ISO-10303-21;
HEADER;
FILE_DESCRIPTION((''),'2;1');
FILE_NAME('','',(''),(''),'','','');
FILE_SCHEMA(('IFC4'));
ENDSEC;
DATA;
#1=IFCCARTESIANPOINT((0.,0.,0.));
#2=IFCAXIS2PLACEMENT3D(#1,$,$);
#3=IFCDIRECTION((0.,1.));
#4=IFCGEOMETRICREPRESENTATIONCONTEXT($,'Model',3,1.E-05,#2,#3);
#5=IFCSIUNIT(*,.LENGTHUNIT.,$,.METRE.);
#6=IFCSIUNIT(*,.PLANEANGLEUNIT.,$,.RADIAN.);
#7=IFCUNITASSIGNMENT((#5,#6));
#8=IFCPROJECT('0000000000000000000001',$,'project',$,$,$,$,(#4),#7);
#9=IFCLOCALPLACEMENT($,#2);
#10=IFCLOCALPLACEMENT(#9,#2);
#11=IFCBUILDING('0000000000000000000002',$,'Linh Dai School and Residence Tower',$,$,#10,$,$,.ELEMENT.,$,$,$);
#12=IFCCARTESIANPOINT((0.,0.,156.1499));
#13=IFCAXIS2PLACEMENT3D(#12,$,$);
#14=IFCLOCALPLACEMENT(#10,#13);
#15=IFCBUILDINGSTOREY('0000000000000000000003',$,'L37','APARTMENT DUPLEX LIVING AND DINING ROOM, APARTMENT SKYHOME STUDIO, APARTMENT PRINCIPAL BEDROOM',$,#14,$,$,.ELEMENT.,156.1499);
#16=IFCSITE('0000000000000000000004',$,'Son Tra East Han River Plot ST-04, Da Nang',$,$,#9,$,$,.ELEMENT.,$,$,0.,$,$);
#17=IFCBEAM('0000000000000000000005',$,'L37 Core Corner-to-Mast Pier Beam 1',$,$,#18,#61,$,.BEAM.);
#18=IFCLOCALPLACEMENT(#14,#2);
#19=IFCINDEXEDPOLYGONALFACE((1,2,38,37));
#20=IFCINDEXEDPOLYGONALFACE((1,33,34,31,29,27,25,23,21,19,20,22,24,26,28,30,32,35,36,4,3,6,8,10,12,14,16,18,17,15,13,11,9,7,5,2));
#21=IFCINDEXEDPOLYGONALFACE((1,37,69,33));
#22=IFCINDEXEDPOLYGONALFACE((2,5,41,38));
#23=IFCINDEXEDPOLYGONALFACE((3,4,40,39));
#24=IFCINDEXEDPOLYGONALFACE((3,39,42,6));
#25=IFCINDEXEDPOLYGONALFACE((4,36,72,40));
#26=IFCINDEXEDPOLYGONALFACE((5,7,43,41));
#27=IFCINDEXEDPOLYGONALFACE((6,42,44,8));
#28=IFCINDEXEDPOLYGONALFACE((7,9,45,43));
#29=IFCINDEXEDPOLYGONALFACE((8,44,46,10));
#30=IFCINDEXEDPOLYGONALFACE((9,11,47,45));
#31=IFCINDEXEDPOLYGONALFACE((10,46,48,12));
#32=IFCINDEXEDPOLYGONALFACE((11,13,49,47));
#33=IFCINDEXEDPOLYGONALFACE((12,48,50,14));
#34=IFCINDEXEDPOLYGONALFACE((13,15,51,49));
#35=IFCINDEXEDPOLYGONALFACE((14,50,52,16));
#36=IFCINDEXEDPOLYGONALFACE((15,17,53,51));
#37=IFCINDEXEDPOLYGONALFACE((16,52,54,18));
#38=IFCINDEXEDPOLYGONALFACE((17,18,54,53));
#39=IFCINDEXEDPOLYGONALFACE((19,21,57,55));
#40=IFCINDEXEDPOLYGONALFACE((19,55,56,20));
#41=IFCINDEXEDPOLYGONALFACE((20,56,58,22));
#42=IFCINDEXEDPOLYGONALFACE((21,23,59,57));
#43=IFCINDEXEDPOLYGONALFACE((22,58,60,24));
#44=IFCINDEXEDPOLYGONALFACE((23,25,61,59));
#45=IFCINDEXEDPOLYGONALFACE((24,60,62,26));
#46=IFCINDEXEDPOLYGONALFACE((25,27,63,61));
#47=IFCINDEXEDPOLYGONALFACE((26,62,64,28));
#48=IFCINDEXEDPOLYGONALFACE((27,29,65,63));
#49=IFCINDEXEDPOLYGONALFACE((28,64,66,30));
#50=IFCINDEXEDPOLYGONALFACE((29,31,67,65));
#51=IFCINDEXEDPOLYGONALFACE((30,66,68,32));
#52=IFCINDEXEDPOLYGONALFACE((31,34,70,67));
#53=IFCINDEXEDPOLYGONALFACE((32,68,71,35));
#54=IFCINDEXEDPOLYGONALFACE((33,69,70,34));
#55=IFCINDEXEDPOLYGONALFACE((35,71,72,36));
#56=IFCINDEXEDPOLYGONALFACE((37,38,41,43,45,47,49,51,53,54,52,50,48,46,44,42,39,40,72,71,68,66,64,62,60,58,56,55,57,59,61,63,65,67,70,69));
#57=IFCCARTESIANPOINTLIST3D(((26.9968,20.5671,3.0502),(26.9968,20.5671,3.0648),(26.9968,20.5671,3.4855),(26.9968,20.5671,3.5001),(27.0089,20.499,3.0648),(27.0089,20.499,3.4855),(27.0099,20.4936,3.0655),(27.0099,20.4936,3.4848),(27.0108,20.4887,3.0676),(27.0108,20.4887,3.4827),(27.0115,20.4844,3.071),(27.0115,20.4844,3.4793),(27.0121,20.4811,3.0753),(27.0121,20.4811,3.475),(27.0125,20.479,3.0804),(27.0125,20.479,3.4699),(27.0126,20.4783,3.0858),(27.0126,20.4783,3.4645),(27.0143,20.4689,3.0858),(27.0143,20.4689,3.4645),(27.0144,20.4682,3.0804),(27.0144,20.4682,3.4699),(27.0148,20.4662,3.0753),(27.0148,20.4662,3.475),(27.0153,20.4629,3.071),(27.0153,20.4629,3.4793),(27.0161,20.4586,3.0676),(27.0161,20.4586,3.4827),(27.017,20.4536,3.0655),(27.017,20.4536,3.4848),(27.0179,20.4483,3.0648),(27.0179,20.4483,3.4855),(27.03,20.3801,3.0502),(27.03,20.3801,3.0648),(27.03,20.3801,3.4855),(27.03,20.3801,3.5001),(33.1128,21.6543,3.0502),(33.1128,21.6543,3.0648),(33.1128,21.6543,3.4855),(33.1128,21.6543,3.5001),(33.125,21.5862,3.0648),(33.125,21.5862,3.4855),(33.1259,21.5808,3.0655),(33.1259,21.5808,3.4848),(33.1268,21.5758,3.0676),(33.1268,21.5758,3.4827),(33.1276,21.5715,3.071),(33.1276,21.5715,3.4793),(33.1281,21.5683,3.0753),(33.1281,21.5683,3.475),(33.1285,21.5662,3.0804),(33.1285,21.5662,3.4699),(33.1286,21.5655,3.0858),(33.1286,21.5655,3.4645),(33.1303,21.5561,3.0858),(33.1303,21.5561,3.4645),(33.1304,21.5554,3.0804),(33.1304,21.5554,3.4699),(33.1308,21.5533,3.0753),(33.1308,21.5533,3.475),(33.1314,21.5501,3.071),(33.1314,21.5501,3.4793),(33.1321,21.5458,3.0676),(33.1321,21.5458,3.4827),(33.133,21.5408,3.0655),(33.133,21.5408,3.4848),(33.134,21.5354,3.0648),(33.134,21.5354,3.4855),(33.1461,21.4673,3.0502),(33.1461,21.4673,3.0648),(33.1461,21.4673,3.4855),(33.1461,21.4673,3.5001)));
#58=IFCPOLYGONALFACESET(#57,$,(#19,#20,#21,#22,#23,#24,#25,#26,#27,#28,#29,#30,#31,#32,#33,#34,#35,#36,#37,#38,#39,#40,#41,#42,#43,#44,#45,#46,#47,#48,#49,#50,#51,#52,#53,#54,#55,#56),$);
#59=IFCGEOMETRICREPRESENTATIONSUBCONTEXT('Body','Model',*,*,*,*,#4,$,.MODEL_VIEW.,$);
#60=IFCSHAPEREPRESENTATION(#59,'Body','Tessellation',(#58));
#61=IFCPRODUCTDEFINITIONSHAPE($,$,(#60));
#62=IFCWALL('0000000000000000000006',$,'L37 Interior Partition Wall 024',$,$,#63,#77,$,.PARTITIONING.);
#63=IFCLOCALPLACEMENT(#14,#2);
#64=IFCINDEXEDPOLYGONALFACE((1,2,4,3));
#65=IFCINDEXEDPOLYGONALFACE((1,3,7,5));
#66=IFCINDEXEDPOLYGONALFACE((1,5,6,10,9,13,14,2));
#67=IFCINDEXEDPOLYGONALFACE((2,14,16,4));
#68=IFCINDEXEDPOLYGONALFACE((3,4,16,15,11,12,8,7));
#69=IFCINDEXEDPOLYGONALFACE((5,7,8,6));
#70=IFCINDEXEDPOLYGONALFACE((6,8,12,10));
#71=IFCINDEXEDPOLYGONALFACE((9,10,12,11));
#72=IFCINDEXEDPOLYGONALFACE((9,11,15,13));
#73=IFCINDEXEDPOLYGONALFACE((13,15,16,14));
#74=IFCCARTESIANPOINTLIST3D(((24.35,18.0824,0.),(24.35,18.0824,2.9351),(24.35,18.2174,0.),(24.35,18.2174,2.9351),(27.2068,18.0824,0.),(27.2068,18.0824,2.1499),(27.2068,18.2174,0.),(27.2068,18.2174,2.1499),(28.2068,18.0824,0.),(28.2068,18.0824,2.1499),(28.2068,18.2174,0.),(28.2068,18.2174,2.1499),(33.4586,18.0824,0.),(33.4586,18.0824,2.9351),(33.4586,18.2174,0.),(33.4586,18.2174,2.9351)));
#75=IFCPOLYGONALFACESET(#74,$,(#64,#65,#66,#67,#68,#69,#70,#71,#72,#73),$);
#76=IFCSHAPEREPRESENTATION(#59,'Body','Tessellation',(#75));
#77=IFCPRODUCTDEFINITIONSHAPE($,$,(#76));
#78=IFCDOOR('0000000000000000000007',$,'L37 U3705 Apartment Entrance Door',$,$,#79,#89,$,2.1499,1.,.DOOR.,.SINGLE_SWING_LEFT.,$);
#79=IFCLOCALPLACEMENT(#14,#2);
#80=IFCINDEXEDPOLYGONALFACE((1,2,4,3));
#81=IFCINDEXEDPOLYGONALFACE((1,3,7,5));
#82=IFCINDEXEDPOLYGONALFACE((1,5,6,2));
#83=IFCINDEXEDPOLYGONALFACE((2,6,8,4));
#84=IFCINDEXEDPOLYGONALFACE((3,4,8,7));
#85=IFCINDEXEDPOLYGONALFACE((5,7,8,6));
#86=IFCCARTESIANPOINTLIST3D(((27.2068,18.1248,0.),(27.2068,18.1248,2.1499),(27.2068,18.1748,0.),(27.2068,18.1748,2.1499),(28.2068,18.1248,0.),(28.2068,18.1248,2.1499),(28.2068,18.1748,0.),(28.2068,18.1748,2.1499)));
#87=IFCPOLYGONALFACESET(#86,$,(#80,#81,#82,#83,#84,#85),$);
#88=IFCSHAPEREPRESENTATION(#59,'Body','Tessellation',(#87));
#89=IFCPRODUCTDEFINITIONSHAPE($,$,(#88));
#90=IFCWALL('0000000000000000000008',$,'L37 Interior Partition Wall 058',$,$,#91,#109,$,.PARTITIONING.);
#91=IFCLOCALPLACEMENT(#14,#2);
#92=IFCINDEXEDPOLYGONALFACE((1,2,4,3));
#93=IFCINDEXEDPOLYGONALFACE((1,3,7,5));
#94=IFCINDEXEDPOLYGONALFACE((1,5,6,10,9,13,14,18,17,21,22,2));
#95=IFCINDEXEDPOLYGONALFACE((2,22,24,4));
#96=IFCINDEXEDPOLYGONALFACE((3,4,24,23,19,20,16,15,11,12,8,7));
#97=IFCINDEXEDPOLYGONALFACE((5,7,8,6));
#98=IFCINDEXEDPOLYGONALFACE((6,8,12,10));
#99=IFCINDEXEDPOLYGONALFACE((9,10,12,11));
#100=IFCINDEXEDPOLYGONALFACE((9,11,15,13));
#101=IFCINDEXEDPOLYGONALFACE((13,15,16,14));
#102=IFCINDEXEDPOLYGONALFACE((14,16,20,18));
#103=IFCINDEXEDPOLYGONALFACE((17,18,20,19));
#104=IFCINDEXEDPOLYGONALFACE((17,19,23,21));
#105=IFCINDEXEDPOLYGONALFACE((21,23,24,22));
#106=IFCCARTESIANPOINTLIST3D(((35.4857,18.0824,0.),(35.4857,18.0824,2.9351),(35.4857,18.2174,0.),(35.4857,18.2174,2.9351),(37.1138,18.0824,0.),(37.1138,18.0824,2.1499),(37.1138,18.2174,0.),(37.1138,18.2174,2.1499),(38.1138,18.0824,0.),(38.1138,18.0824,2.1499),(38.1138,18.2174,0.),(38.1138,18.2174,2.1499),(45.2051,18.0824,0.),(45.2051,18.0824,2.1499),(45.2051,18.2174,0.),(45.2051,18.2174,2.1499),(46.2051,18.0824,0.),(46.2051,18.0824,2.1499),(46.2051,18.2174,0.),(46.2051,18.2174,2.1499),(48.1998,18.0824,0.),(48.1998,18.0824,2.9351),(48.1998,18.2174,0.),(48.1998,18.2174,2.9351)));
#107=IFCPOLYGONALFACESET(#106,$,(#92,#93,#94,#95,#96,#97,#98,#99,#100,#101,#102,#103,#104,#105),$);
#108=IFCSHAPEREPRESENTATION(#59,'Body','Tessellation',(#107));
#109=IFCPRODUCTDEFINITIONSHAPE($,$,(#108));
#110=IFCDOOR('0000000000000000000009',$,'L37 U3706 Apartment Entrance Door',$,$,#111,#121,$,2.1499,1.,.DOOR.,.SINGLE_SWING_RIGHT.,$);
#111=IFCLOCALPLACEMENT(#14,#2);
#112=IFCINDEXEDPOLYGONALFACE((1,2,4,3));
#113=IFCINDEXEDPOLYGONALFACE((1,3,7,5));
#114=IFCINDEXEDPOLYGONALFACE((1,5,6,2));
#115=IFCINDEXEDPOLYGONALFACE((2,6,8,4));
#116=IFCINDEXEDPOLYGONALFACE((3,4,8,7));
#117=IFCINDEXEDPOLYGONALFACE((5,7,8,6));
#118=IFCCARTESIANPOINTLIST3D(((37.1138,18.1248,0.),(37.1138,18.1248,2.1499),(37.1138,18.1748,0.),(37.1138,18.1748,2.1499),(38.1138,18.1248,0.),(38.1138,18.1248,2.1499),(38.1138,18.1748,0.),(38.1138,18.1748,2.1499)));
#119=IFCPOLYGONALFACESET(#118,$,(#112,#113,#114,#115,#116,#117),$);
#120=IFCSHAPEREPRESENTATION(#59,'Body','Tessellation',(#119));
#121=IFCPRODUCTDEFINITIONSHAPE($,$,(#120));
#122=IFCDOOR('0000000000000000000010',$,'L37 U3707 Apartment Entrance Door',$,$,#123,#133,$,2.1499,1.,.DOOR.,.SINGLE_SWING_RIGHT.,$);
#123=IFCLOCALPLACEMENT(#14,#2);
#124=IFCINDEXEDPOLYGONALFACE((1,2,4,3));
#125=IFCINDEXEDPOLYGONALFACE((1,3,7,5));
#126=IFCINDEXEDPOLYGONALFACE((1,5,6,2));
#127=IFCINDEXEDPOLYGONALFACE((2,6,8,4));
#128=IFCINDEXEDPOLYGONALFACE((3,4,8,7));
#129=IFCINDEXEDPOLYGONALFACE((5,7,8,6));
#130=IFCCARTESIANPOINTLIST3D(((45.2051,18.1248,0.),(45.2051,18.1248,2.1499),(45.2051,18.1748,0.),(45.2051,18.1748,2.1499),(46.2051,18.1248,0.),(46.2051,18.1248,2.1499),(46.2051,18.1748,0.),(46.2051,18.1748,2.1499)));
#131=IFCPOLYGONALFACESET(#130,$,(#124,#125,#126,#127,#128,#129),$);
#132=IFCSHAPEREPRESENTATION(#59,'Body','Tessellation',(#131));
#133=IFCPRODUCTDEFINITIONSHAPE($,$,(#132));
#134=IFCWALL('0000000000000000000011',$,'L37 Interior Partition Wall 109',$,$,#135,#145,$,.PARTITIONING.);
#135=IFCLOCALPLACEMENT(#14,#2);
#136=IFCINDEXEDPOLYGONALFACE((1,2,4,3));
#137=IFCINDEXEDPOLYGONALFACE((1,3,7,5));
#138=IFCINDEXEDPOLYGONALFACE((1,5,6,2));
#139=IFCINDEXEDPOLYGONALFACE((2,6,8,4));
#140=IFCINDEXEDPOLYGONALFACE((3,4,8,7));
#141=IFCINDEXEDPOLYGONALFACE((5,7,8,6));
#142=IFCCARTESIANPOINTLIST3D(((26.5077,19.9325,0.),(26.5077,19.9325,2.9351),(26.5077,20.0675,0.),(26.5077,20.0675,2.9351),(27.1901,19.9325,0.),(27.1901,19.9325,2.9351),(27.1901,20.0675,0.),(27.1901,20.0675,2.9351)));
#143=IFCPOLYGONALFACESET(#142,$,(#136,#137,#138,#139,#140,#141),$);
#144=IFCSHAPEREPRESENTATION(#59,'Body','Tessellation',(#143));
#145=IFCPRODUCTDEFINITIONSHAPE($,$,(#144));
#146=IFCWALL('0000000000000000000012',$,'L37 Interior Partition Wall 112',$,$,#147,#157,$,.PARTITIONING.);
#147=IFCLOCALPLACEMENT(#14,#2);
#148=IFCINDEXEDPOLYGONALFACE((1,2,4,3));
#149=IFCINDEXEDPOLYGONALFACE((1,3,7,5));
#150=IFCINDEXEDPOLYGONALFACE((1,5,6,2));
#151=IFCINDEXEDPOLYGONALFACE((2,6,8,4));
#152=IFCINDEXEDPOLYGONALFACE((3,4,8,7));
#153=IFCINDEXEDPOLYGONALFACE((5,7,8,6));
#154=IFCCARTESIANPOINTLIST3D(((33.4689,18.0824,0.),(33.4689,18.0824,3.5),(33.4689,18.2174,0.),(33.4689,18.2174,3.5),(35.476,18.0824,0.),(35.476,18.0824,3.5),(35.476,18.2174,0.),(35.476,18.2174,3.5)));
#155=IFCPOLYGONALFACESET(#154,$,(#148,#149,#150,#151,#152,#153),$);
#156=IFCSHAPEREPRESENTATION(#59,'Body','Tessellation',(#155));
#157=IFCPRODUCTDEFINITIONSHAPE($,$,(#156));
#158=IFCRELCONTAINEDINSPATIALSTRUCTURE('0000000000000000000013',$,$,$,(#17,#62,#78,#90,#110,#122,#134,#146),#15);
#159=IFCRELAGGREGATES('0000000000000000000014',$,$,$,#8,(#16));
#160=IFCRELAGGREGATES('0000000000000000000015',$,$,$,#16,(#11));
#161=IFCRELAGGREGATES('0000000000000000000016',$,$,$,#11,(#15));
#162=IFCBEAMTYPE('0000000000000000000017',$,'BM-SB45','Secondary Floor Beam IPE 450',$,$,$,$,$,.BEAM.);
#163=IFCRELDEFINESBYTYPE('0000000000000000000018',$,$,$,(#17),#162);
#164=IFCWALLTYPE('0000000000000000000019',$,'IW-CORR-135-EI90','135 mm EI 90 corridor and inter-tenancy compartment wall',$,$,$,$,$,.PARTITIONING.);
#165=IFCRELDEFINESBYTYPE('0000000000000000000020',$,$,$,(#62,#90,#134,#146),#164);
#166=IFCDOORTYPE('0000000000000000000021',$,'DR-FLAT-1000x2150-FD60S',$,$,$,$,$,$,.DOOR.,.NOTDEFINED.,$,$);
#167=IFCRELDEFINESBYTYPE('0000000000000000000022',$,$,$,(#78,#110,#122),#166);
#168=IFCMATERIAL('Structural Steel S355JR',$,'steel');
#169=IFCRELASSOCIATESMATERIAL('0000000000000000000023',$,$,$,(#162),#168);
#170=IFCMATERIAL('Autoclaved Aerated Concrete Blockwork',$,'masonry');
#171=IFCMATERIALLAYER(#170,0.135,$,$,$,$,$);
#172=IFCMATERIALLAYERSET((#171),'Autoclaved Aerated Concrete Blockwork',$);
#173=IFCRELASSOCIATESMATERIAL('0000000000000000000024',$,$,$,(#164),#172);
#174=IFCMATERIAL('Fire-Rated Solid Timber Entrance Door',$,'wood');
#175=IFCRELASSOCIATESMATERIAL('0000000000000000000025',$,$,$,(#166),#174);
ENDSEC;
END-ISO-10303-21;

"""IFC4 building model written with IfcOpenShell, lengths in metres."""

from ifc_helpers import new_model, si_unit, direction, frame, frame_2d, origin, origin_2d, place, context, subcontext, project, spatial, rectangle, i_section, extrude, source, transform, mapped, material, layer, layer_set, material_profile, profile_set, type_object, element, fill, save


model = new_model("IFC4")

# Units and contexts
model_context = context("Model", 3, precision=1e-05, world=origin(), true_north=direction((0.0, 1.0)))
body_context = subcontext(model_context, "Body", "Model", "MODEL_VIEW")
ifc_project = project(units=[si_unit("LENGTHUNIT", "METRE"), si_unit("PLANEANGLEUNIT", "RADIAN")], contexts=[model_context])

# Site, building, storey
site_placement = place(None, origin())
site = spatial("IfcSite", under=ifc_project, at=site_placement, Name="Son Tra East Han River Plot ST-04, Da Nang", CompositionType="ELEMENT", RefElevation=0.0)
building_placement = place(site_placement, origin())
building = spatial("IfcBuilding", under=site, at=building_placement, Name="Linh Dai School and Residence Tower", CompositionType="ELEMENT")
storey_placement = place(building_placement, frame((0.0, 0.0, 156.1499)))
storey = spatial("IfcBuildingStorey", under=building, at=storey_placement, Name="L37", Description="APARTMENT DUPLEX LIVING AND DINING ROOM, APARTMENT SKYHOME STUDIO, APARTMENT PRINCIPAL BEDROOM", CompositionType="ELEMENT", Elevation=156.1499)

# Beam
ifc_material_1 = material(Name="Structural Steel S355JR", Category="steel")
ifc_material_profile_1 = material_profile(ifc_material_1, i_section(OverallWidth=0.1899, OverallDepth=0.45, WebThickness=0.0095, FlangeThickness=0.0146, FilletRadius=0.021, at=origin_2d()), Name="IPE 450")
ifc_profile_set_1 = profile_set([ifc_material_profile_1], Name="Structural Steel S355JR")
beam_type_1 = type_object("IfcBeamType", Name="BM-SB45", Description="Secondary Floor Beam IPE 450", PredefinedType="BEAM", material=ifc_profile_set_1)
beam_1_placement = place(storey_placement, frame((27.0134, 20.4736, 3.2751), z_axis=(0.984566, 0.175014, 0.0), x_axis=(-0.175014, 0.984566, 0.0)))
element("IfcBeam", 1, at=beam_1_placement, inside=storey, type_object=beam_type_1, Name="L37 Core Corner-to-Mast Pier Beam 1", PredefinedType="BEAM", context=body_context, shape_type="SweptSolid", body=[
    extrude(i_section(OverallWidth=0.1899, OverallDepth=0.45, WebThickness=0.0095, FlangeThickness=0.0146, FilletRadius=0.021, at=origin_2d()), origin(), (0.0, 0.0, 1.0), 6.2119),
])

# Wall, opening, door
ifc_material_2 = material(Name="Autoclaved Aerated Concrete Blockwork", Category="masonry")
ifc_layer_1 = layer(ifc_material_2, 0.135)
ifc_layer_set_1 = layer_set([ifc_layer_1], Name="Autoclaved Aerated Concrete Blockwork")
wall_type_1 = type_object("IfcWallType", Name="IW-CORR-135-EI90", Description="135 mm EI 90 corridor and inter-tenancy compartment wall", PredefinedType="PARTITIONING", material=ifc_layer_set_1)
wall_1_placement = place(storey_placement, frame((24.3501, 18.1499, 0.0), z_axis=(0.0, 0.0, 1.0), x_axis=(1.0, 0.0, 0.0)))
wall_1 = element("IfcWall", 2, at=wall_1_placement, inside=storey, type_object=wall_type_1, Name="L37 Interior Partition Wall 024", PredefinedType="PARTITIONING", context=body_context, shape_type="SweptSolid", body=[
    extrude(rectangle(XDim=9.1086, YDim=0.135, at=frame_2d((4.5542, 0.0))), origin(), (0.0, 0.0, 1.0), 2.9351),
])
opening_1_placement = place(wall_1_placement, frame((2.8567, 0.0, 0.0)))
opening_1 = element("IfcOpeningElement", 3, at=opening_1_placement, cuts=wall_1, PredefinedType="OPENING", context=body_context, shape_type="SweptSolid", body=[
    extrude(rectangle(XDim=1.0, YDim=2.1499, at=origin_2d()), frame((0.5, 0.0776, 1.075), z_axis=(0.0, -1.0, 0.0), x_axis=(1.0, 0.0, 0.0)), (0.0, 0.0, 1.0), 0.155),
])
ifc_material_3 = material(Name="Fire-Rated Solid Timber Entrance Door", Category="wood")
door_type_1 = type_object("IfcDoorType", Name="DR-FLAT-1000x2150-FD60S", OperationType="NOTDEFINED", PredefinedType="DOOR", material=ifc_material_3)
shared_shape_1 = source(origin(), body_context, "Body", "SweptSolid", [
    extrude(rectangle(XDim=1.0, YDim=2.1499, at=origin_2d()), frame((0.5, 0.0249, 1.075), z_axis=(0.0, -1.0, 0.0), x_axis=(1.0, 0.0, 0.0)), (0.0, 0.0, 1.0), 0.05),
])
door_1_placement = place(opening_1_placement, origin())
door_1 = element("IfcDoor", 4, at=door_1_placement, inside=storey, type_object=door_type_1, Name="L37 U3705 Apartment Entrance Door", OperationType="SINGLE_SWING_LEFT", OverallHeight=2.1499, OverallWidth=1.0, PredefinedType="DOOR", context=body_context, shape_type="MappedRepresentation", body=[
    mapped(shared_shape_1, transform((0.0, 0.0, 0.0), x_axis=(1.0, 0.0, 0.0), y_axis=(0.0, 1.0, 0.0), z_axis=(0.0, 0.0, 1.0), scale=1.0)),
])
fill(opening_1, door_1)

# Wall, openings, doors
wall_2_placement = place(storey_placement, frame((35.4858, 18.1499, 0.0), z_axis=(0.0, 0.0, 1.0), x_axis=(1.0, 0.0, 0.0)))
wall_2 = element("IfcWall", 5, at=wall_2_placement, inside=storey, type_object=wall_type_1, Name="L37 Interior Partition Wall 058", PredefinedType="PARTITIONING", context=body_context, shape_type="SweptSolid", body=[
    extrude(rectangle(XDim=12.7141, YDim=0.135, at=frame_2d((6.3569, 0.0))), origin(), (0.0, 0.0, 1.0), 2.9351),
])
opening_2_placement = place(wall_2_placement, frame((1.6279, 0.0, 0.0)))
opening_2 = element("IfcOpeningElement", 6, at=opening_2_placement, cuts=wall_2, PredefinedType="OPENING", context=body_context, shape_type="SweptSolid", body=[
    extrude(rectangle(XDim=1.0, YDim=2.1499, at=origin_2d()), frame((0.5, 0.0776, 1.075), z_axis=(0.0, -1.0, 0.0), x_axis=(1.0, 0.0, 0.0)), (0.0, 0.0, 1.0), 0.155),
])
opening_3_placement = place(wall_2_placement, frame((9.7192, 0.0, 0.0)))
opening_3 = element("IfcOpeningElement", 7, at=opening_3_placement, cuts=wall_2, PredefinedType="OPENING", context=body_context, shape_type="SweptSolid", body=[
    extrude(rectangle(XDim=1.0, YDim=2.1499, at=origin_2d()), frame((0.5, 0.0776, 1.075), z_axis=(0.0, -1.0, 0.0), x_axis=(1.0, 0.0, 0.0)), (0.0, 0.0, 1.0), 0.155),
])
door_2_placement = place(opening_2_placement, origin())
door_2 = element("IfcDoor", 8, at=door_2_placement, inside=storey, type_object=door_type_1, Name="L37 U3706 Apartment Entrance Door", OperationType="SINGLE_SWING_RIGHT", OverallHeight=2.1499, OverallWidth=1.0, PredefinedType="DOOR", context=body_context, shape_type="MappedRepresentation", body=[
    mapped(shared_shape_1, transform((0.0, 0.0, 0.0), x_axis=(1.0, 0.0, 0.0), y_axis=(0.0, 1.0, 0.0), z_axis=(0.0, 0.0, 1.0), scale=1.0)),
])
fill(opening_2, door_2)
door_3_placement = place(opening_3_placement, origin())
door_3 = element("IfcDoor", 9, at=door_3_placement, inside=storey, type_object=door_type_1, Name="L37 U3707 Apartment Entrance Door", OperationType="SINGLE_SWING_RIGHT", OverallHeight=2.1499, OverallWidth=1.0, PredefinedType="DOOR", context=body_context, shape_type="MappedRepresentation", body=[
    mapped(shared_shape_1, transform((0.0, 0.0, 0.0), x_axis=(1.0, 0.0, 0.0), y_axis=(0.0, 1.0, 0.0), z_axis=(0.0, 0.0, 1.0), scale=1.0)),
])
fill(opening_3, door_3)

# Walls
wall_3_placement = place(storey_placement, frame((26.5076, 20.0, 0.0), z_axis=(0.0, 0.0, 1.0), x_axis=(1.0, 0.0, 0.0)))
element("IfcWall", 10, at=wall_3_placement, inside=storey, type_object=wall_type_1, Name="L37 Interior Partition Wall 109", PredefinedType="PARTITIONING", context=body_context, shape_type="SweptSolid", body=[
    extrude(rectangle(XDim=0.6824, YDim=0.135, at=frame_2d((0.3413, 0.0))), origin(), (0.0, 0.0, 1.0), 2.9351),
])
wall_4_placement = place(storey_placement, frame((35.4758, 18.1499, 0.0), z_axis=(0.0, 0.0, 1.0), x_axis=(-1.0, 0.0, 0.0)))
element("IfcWall", 11, at=wall_4_placement, inside=storey, type_object=wall_type_1, Name="L37 Interior Partition Wall 112", PredefinedType="PARTITIONING", context=body_context, shape_type="SweptSolid", body=[
    extrude(rectangle(XDim=2.0071, YDim=0.135, at=frame_2d((1.0034, 0.0))), origin(), (0.0, 0.0, 1.0), 3.5),
])

save(model, "model.ifc")
